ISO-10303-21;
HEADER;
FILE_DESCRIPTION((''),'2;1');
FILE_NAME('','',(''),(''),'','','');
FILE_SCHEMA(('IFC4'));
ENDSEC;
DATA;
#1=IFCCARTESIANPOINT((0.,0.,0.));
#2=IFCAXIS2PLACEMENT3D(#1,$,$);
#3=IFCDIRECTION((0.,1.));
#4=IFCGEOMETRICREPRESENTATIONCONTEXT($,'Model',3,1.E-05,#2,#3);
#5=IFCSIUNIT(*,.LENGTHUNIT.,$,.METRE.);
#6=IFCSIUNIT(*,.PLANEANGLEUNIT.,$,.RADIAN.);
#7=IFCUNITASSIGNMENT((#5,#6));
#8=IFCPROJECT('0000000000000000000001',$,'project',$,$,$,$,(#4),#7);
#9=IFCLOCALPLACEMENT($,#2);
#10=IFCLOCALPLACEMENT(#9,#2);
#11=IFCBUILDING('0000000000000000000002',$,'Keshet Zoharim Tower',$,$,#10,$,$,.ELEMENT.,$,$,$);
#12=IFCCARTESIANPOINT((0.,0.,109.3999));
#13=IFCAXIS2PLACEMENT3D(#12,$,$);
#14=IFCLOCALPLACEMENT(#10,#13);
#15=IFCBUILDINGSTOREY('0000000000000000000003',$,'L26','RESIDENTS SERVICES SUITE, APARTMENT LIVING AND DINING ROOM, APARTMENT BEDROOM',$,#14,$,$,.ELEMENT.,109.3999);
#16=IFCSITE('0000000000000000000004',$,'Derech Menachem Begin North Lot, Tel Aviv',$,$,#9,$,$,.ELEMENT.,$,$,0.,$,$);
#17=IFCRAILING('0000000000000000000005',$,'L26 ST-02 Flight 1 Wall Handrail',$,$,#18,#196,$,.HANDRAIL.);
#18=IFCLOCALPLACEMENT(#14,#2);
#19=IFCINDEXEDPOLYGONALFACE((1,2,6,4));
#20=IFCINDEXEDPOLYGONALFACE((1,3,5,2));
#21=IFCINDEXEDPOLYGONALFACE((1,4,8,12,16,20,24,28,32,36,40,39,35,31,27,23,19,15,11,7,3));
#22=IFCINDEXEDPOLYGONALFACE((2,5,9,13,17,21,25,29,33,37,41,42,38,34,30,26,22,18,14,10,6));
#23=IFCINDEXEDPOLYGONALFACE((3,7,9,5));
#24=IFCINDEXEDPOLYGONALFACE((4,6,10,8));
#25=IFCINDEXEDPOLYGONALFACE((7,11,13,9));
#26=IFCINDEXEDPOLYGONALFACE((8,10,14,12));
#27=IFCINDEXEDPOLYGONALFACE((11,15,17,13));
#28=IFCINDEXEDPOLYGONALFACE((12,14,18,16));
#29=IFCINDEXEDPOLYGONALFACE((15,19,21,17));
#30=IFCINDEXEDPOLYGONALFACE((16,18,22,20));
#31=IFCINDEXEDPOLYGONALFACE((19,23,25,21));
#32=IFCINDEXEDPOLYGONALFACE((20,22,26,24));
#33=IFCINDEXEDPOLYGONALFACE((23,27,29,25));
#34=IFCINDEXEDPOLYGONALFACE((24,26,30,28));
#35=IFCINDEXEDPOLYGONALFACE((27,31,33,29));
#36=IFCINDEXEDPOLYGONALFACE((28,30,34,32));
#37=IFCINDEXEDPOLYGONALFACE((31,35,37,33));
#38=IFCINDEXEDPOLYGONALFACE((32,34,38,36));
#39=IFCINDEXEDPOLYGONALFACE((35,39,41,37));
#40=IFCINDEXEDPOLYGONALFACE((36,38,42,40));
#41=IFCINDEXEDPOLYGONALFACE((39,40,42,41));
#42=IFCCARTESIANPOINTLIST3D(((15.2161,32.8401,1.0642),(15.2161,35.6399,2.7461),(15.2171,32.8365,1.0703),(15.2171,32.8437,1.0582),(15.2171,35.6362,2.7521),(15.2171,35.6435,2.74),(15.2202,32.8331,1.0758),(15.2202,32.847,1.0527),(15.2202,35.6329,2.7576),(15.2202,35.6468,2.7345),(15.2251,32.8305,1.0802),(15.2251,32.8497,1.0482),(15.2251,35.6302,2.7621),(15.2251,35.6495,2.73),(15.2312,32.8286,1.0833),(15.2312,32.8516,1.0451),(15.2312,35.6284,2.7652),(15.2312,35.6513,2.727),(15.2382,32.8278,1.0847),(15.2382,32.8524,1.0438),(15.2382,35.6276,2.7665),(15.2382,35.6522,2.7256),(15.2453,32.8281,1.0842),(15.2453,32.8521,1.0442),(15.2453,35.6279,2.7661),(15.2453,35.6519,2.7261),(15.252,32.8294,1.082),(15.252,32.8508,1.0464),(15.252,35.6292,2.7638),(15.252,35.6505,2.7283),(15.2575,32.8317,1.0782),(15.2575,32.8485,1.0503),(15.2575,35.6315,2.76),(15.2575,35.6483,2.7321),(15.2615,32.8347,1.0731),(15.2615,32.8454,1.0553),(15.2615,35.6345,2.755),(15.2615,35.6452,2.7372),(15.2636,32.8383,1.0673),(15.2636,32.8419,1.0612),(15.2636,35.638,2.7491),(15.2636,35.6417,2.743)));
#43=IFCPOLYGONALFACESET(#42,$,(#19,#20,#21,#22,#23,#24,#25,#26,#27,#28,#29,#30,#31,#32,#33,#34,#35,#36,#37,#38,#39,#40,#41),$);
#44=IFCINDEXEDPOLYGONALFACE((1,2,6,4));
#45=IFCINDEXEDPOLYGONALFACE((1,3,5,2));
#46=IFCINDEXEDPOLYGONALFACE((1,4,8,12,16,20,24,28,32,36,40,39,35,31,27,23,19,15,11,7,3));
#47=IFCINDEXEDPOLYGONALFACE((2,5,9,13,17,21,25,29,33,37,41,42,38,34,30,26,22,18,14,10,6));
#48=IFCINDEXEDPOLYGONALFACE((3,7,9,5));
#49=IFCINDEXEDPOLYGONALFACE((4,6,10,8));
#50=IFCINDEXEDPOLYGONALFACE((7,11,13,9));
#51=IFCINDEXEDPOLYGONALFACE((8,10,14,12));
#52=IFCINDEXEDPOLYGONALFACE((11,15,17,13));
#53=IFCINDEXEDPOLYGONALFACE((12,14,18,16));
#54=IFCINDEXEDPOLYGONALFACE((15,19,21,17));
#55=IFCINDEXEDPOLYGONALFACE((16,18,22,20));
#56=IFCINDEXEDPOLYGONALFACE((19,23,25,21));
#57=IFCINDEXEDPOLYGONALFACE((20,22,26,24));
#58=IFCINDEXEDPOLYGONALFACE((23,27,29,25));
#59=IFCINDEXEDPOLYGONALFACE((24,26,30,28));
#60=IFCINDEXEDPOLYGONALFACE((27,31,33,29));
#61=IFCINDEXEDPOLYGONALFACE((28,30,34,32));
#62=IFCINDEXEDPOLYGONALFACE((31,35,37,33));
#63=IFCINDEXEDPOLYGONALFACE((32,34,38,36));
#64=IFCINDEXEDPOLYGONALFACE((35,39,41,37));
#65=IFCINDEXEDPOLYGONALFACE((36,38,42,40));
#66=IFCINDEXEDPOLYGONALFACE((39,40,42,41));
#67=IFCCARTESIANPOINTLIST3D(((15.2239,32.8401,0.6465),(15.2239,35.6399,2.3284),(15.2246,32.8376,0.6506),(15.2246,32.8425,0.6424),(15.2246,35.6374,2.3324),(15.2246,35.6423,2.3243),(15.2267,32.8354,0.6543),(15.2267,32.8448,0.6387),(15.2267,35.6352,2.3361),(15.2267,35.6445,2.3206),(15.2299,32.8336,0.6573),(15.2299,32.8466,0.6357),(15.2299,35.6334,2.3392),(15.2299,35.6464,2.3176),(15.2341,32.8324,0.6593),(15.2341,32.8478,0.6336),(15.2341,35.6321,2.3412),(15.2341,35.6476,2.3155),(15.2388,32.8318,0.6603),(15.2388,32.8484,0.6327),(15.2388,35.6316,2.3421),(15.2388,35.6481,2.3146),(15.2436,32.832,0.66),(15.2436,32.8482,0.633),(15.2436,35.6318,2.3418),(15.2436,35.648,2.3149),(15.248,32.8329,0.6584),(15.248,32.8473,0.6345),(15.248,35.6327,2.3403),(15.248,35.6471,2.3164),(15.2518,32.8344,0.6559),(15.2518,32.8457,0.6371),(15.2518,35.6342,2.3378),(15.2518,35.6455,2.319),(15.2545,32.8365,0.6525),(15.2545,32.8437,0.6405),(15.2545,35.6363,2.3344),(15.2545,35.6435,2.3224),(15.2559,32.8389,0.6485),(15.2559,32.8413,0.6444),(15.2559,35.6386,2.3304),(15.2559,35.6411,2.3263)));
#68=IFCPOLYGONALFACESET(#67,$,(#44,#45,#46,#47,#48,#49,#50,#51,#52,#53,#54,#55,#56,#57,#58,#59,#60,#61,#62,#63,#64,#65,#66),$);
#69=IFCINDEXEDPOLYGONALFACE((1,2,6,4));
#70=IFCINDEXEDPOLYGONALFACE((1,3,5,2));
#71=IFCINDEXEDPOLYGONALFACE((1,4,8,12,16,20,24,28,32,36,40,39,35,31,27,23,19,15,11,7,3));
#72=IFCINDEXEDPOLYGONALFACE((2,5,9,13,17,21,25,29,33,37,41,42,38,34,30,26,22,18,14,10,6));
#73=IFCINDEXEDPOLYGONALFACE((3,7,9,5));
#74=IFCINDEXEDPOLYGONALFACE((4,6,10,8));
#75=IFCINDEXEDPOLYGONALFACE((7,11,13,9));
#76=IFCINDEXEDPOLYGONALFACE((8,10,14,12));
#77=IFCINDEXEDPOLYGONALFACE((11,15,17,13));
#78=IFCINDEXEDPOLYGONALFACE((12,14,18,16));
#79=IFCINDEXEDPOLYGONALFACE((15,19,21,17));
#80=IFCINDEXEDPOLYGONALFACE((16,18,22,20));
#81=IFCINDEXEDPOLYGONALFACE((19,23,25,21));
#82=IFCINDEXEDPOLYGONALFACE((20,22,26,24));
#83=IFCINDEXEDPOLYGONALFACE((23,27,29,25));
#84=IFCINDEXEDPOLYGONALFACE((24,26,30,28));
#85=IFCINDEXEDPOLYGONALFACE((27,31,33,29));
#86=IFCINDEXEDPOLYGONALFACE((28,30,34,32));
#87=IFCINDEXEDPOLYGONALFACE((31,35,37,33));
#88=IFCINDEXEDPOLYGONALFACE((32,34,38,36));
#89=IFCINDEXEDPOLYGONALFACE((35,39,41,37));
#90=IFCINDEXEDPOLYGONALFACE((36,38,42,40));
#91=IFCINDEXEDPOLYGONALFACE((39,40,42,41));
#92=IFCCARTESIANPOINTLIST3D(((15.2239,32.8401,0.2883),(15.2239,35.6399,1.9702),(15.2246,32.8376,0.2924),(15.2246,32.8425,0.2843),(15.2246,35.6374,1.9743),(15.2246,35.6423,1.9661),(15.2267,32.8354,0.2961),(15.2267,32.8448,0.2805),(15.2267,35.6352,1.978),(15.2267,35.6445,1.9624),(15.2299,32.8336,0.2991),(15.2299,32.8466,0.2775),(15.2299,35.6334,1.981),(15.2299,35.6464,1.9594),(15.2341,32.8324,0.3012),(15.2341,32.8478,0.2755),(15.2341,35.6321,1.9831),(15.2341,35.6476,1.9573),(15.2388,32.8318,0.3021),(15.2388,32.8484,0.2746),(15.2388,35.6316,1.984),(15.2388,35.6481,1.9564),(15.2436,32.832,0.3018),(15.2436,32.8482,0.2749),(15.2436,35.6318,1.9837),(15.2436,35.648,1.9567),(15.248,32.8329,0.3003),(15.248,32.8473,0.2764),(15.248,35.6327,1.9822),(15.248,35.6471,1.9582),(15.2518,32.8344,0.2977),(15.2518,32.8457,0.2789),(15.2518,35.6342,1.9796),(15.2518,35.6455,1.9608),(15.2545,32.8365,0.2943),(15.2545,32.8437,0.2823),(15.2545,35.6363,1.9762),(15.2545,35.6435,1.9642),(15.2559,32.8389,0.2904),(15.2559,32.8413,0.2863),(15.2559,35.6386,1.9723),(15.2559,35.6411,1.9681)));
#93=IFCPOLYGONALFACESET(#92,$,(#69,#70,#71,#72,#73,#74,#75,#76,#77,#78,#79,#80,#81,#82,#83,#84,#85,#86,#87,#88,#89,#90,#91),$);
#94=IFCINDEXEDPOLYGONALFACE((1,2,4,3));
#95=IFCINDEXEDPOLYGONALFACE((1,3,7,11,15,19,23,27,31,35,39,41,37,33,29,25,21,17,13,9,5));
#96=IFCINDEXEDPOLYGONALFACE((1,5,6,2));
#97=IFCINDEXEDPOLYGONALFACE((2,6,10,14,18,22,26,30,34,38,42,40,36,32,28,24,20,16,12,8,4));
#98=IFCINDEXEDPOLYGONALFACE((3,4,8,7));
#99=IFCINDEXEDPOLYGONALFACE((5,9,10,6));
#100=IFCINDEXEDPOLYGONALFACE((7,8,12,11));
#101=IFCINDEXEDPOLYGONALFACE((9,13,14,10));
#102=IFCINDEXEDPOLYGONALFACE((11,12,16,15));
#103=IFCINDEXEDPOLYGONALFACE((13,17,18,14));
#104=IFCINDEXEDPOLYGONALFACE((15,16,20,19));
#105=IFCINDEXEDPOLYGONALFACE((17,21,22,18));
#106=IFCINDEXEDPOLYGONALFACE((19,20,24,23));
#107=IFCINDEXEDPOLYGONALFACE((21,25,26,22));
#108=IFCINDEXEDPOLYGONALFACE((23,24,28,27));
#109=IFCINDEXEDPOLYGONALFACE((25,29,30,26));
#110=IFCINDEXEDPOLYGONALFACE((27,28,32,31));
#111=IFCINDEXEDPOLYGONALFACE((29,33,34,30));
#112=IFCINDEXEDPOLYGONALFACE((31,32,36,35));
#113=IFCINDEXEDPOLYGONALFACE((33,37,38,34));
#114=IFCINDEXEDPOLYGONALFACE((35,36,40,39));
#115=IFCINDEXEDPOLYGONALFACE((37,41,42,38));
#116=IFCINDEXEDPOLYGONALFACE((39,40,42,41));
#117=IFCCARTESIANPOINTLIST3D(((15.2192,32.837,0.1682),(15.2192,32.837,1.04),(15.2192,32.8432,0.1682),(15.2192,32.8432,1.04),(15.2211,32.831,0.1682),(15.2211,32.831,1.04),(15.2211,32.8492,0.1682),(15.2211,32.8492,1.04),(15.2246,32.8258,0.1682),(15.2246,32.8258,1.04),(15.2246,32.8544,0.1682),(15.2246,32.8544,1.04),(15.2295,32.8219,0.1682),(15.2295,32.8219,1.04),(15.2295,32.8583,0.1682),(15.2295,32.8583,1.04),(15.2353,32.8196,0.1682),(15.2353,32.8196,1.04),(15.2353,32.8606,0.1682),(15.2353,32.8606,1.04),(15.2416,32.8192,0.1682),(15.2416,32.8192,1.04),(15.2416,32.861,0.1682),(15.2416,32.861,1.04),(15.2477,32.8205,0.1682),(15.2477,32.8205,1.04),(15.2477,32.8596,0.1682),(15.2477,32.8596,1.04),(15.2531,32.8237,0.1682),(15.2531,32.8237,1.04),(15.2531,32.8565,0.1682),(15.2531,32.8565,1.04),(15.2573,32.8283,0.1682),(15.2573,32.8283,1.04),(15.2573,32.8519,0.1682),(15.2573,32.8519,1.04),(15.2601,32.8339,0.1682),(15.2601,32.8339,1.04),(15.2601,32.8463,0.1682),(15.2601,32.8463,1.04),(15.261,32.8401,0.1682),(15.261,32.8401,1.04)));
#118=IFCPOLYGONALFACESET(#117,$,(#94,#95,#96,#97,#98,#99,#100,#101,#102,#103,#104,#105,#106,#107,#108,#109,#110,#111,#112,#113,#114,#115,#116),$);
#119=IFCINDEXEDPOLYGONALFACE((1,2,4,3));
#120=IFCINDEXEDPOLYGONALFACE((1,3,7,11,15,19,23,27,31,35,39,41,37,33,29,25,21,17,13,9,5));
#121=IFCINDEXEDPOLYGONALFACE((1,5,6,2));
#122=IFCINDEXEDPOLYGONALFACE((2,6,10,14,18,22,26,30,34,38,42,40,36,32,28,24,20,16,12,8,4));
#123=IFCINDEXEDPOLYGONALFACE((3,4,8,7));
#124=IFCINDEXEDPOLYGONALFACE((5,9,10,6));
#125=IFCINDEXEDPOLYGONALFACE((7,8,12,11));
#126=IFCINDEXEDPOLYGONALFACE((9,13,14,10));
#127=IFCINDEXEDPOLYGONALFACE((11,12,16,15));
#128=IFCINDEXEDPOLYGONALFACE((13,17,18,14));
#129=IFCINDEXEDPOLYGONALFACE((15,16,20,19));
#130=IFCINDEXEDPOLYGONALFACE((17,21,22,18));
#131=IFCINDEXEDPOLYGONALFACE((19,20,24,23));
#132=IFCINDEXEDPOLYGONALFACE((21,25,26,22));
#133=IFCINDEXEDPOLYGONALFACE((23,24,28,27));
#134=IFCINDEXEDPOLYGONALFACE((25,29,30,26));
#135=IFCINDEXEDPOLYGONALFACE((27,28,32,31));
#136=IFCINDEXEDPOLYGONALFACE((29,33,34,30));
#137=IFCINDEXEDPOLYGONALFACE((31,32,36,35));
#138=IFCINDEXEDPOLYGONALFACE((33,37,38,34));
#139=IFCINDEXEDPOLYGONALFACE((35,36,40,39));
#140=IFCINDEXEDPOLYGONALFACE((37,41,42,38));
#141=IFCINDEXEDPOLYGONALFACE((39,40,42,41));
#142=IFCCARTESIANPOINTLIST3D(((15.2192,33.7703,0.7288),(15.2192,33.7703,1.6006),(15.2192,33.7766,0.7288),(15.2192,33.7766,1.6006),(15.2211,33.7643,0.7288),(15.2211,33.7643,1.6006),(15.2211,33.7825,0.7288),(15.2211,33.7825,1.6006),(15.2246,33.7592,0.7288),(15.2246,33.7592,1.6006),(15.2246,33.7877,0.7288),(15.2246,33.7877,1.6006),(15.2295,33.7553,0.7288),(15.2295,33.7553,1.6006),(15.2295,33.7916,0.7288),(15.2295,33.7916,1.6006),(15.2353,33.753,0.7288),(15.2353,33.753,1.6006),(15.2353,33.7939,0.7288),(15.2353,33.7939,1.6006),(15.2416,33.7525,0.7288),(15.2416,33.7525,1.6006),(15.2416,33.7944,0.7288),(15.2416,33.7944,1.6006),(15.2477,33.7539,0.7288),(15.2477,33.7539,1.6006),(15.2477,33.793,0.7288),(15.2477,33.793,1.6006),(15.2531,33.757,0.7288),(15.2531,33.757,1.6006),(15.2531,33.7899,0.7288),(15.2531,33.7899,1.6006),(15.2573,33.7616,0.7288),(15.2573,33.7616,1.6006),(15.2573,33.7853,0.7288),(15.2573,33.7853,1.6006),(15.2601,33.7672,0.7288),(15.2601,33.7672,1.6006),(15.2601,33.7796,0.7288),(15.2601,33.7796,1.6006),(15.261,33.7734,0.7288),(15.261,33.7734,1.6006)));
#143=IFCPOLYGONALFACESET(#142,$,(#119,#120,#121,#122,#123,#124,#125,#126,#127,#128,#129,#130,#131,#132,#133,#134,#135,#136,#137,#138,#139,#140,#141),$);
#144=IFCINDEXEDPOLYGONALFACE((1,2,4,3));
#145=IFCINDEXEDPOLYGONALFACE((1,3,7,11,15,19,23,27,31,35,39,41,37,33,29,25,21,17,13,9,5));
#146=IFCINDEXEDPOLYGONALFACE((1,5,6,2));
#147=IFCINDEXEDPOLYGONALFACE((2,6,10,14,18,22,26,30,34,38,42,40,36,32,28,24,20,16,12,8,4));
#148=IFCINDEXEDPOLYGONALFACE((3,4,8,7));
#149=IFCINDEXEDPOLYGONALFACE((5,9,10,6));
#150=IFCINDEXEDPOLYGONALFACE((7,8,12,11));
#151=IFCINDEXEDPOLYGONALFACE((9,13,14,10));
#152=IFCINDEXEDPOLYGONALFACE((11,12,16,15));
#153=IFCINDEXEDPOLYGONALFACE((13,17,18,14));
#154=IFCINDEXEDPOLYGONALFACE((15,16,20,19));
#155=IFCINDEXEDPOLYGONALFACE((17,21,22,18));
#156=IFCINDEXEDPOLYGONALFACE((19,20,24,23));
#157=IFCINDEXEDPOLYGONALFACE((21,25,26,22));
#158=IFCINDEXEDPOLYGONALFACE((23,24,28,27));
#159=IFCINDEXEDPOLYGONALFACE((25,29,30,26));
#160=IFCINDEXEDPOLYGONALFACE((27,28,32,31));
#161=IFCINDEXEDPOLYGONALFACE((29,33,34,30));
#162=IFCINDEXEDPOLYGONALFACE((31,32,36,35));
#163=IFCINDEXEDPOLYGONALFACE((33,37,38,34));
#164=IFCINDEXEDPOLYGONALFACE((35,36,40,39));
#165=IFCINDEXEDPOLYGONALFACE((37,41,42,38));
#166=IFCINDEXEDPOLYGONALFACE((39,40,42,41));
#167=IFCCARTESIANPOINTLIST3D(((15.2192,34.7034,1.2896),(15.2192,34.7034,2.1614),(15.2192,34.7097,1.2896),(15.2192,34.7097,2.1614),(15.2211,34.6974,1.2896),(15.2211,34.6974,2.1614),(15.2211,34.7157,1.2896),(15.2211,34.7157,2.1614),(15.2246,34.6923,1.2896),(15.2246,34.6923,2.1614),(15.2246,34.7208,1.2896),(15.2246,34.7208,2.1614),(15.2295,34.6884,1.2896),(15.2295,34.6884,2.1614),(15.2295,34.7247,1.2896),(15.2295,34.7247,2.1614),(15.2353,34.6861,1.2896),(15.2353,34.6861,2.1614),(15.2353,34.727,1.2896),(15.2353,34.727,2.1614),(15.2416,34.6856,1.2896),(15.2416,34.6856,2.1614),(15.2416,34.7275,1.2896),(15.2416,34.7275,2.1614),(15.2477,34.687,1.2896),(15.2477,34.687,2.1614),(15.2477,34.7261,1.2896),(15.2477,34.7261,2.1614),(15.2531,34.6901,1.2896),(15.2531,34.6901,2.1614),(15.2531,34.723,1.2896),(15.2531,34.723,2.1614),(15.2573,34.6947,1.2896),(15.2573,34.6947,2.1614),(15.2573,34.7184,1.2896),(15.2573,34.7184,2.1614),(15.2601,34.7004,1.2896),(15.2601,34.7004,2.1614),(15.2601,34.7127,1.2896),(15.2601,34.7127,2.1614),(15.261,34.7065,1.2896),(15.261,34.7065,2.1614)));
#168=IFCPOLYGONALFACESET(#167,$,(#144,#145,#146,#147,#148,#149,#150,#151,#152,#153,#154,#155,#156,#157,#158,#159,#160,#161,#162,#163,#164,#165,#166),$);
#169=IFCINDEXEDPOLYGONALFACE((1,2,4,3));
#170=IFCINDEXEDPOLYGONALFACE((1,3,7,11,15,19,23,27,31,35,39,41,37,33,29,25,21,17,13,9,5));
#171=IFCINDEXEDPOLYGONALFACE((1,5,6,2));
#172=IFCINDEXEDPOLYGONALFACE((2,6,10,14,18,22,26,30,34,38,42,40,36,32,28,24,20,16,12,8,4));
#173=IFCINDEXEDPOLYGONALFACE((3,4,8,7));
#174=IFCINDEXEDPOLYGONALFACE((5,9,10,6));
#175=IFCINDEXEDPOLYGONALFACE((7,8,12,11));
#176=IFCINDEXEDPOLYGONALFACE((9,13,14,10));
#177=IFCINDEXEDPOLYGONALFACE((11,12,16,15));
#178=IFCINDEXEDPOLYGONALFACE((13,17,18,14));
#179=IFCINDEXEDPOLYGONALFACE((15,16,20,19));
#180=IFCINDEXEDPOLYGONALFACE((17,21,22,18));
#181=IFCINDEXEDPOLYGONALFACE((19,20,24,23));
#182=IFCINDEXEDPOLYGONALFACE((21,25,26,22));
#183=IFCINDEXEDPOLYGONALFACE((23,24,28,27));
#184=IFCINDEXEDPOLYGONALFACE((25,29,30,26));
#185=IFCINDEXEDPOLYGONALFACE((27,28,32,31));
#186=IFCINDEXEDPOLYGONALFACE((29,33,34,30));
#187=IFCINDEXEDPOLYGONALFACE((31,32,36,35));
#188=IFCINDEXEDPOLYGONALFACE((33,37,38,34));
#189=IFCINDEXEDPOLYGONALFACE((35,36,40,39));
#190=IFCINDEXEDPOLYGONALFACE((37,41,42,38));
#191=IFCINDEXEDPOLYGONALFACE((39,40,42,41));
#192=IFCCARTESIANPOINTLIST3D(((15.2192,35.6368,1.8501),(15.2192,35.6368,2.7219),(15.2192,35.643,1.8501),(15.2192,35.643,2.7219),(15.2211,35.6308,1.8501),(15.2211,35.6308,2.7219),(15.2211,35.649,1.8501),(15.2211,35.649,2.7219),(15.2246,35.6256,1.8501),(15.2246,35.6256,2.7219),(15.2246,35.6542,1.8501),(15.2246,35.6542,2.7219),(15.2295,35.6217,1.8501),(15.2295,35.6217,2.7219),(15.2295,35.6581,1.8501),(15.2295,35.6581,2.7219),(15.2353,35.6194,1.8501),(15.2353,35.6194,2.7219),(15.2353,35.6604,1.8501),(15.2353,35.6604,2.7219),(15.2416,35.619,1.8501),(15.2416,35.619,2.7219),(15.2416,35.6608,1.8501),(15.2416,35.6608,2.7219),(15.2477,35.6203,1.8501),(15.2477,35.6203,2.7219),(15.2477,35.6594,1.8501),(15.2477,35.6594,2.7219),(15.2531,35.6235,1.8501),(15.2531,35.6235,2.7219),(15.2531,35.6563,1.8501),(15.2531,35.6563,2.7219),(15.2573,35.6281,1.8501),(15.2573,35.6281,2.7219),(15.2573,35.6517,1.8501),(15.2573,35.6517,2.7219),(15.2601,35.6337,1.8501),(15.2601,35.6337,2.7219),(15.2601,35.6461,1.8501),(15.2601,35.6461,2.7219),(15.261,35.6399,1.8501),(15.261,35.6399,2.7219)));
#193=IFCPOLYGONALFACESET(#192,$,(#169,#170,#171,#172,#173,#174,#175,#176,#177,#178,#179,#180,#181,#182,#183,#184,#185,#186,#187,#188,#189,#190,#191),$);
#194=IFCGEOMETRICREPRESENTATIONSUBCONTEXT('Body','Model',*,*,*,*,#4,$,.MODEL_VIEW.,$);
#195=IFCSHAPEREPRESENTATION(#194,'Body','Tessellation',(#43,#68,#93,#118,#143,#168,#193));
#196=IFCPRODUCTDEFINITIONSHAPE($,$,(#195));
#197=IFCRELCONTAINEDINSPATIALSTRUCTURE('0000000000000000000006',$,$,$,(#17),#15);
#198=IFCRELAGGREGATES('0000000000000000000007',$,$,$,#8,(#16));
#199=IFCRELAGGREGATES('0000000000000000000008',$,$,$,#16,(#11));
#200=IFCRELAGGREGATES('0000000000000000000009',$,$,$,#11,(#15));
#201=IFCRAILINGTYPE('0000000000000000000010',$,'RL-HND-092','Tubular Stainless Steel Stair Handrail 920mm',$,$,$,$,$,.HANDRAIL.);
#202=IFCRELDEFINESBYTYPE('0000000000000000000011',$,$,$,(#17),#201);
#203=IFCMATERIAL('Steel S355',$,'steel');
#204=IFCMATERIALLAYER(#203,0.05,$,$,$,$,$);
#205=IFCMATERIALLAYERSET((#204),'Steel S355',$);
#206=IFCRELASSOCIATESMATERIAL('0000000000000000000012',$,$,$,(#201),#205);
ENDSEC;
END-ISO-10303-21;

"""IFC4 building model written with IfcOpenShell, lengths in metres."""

from ifc_helpers import new_model, si_unit, direction, frame, origin, origin_2d, place, context, subcontext, project, spatial, circle, extrude, material, layer, layer_set, type_object, element, save


model = new_model("IFC4")

# Units and contexts
model_context = context("Model", 3, precision=1e-05, world=origin(), true_north=direction((0.0, 1.0)))
body_context = subcontext(model_context, "Body", "Model", "MODEL_VIEW")
ifc_project = project(units=[si_unit("LENGTHUNIT", "METRE"), si_unit("PLANEANGLEUNIT", "RADIAN")], contexts=[model_context])

# Site, building, storey
site_placement = place(None, origin())
site = spatial("IfcSite", under=ifc_project, at=site_placement, Name="Derech Menachem Begin North Lot, Tel Aviv", CompositionType="ELEMENT", RefElevation=0.0)
building_placement = place(site_placement, origin())
building = spatial("IfcBuilding", under=site, at=building_placement, Name="Keshet Zoharim Tower", CompositionType="ELEMENT")
storey_placement = place(building_placement, frame((0.0, 0.0, 109.3999)))
storey = spatial("IfcBuildingStorey", under=building, at=storey_placement, Name="L26", Description="RESIDENTS SERVICES SUITE, APARTMENT LIVING AND DINING ROOM, APARTMENT BEDROOM", CompositionType="ELEMENT", Elevation=109.3999)

# Shared definitions
ifc_material_1 = material(Name="Steel S355", Category="steel")

# Railing
ifc_layer_1 = layer(ifc_material_1, 0.05)
ifc_layer_set_1 = layer_set([ifc_layer_1], Name="Steel S355")
railing_type_1 = type_object("IfcRailingType", Name="RL-HND-092", Description="Tubular Stainless Steel Stair Handrail 920mm", PredefinedType="HANDRAIL", material=ifc_layer_set_1)
railing_1_placement = place(storey_placement, frame((15.24, 32.8401, 0.1682)))
element("IfcRailing", 1, at=railing_1_placement, inside=storey, type_object=railing_type_1, Name="L26 ST-02 Flight 1 Wall Handrail", PredefinedType="HANDRAIL", context=body_context, shape_type="SweptSolid", body=[
    extrude(circle(Radius=0.0239, at=origin_2d()), frame((0.0, 0.0, 0.896), z_axis=(0.0, 0.857222, 0.514946), x_axis=(-1.0, 0.0, 0.0)), (0.0, 0.0, 1.0), 3.2661),
    extrude(circle(Radius=0.0161, at=origin_2d()), frame((0.0, 0.0, 0.4783), z_axis=(0.0, 0.857222, 0.514946), x_axis=(-1.0, 0.0, 0.0)), (0.0, 0.0, 1.0), 3.2661),
    extrude(circle(Radius=0.0161, at=origin_2d()), frame((0.0, 0.0, 0.1201), z_axis=(0.0, 0.857222, 0.514946), x_axis=(-1.0, 0.0, 0.0)), (0.0, 0.0, 1.0), 3.2661),
    extrude(circle(Radius=0.021, at=origin_2d()), origin(), (0.0, 0.0, 1.0), 0.8718),
    extrude(circle(Radius=0.021, at=origin_2d()), frame((0.0, 0.9333, 0.5605)), (0.0, 0.0, 1.0), 0.8718),
    extrude(circle(Radius=0.021, at=origin_2d()), frame((0.0, 1.8665, 1.1213)), (0.0, 0.0, 1.0), 0.8718),
    extrude(circle(Radius=0.021, at=origin_2d()), frame((0.0, 2.7998, 1.6819)), (0.0, 0.0, 1.0), 0.8718),
])

save(model, "model.ifc")
